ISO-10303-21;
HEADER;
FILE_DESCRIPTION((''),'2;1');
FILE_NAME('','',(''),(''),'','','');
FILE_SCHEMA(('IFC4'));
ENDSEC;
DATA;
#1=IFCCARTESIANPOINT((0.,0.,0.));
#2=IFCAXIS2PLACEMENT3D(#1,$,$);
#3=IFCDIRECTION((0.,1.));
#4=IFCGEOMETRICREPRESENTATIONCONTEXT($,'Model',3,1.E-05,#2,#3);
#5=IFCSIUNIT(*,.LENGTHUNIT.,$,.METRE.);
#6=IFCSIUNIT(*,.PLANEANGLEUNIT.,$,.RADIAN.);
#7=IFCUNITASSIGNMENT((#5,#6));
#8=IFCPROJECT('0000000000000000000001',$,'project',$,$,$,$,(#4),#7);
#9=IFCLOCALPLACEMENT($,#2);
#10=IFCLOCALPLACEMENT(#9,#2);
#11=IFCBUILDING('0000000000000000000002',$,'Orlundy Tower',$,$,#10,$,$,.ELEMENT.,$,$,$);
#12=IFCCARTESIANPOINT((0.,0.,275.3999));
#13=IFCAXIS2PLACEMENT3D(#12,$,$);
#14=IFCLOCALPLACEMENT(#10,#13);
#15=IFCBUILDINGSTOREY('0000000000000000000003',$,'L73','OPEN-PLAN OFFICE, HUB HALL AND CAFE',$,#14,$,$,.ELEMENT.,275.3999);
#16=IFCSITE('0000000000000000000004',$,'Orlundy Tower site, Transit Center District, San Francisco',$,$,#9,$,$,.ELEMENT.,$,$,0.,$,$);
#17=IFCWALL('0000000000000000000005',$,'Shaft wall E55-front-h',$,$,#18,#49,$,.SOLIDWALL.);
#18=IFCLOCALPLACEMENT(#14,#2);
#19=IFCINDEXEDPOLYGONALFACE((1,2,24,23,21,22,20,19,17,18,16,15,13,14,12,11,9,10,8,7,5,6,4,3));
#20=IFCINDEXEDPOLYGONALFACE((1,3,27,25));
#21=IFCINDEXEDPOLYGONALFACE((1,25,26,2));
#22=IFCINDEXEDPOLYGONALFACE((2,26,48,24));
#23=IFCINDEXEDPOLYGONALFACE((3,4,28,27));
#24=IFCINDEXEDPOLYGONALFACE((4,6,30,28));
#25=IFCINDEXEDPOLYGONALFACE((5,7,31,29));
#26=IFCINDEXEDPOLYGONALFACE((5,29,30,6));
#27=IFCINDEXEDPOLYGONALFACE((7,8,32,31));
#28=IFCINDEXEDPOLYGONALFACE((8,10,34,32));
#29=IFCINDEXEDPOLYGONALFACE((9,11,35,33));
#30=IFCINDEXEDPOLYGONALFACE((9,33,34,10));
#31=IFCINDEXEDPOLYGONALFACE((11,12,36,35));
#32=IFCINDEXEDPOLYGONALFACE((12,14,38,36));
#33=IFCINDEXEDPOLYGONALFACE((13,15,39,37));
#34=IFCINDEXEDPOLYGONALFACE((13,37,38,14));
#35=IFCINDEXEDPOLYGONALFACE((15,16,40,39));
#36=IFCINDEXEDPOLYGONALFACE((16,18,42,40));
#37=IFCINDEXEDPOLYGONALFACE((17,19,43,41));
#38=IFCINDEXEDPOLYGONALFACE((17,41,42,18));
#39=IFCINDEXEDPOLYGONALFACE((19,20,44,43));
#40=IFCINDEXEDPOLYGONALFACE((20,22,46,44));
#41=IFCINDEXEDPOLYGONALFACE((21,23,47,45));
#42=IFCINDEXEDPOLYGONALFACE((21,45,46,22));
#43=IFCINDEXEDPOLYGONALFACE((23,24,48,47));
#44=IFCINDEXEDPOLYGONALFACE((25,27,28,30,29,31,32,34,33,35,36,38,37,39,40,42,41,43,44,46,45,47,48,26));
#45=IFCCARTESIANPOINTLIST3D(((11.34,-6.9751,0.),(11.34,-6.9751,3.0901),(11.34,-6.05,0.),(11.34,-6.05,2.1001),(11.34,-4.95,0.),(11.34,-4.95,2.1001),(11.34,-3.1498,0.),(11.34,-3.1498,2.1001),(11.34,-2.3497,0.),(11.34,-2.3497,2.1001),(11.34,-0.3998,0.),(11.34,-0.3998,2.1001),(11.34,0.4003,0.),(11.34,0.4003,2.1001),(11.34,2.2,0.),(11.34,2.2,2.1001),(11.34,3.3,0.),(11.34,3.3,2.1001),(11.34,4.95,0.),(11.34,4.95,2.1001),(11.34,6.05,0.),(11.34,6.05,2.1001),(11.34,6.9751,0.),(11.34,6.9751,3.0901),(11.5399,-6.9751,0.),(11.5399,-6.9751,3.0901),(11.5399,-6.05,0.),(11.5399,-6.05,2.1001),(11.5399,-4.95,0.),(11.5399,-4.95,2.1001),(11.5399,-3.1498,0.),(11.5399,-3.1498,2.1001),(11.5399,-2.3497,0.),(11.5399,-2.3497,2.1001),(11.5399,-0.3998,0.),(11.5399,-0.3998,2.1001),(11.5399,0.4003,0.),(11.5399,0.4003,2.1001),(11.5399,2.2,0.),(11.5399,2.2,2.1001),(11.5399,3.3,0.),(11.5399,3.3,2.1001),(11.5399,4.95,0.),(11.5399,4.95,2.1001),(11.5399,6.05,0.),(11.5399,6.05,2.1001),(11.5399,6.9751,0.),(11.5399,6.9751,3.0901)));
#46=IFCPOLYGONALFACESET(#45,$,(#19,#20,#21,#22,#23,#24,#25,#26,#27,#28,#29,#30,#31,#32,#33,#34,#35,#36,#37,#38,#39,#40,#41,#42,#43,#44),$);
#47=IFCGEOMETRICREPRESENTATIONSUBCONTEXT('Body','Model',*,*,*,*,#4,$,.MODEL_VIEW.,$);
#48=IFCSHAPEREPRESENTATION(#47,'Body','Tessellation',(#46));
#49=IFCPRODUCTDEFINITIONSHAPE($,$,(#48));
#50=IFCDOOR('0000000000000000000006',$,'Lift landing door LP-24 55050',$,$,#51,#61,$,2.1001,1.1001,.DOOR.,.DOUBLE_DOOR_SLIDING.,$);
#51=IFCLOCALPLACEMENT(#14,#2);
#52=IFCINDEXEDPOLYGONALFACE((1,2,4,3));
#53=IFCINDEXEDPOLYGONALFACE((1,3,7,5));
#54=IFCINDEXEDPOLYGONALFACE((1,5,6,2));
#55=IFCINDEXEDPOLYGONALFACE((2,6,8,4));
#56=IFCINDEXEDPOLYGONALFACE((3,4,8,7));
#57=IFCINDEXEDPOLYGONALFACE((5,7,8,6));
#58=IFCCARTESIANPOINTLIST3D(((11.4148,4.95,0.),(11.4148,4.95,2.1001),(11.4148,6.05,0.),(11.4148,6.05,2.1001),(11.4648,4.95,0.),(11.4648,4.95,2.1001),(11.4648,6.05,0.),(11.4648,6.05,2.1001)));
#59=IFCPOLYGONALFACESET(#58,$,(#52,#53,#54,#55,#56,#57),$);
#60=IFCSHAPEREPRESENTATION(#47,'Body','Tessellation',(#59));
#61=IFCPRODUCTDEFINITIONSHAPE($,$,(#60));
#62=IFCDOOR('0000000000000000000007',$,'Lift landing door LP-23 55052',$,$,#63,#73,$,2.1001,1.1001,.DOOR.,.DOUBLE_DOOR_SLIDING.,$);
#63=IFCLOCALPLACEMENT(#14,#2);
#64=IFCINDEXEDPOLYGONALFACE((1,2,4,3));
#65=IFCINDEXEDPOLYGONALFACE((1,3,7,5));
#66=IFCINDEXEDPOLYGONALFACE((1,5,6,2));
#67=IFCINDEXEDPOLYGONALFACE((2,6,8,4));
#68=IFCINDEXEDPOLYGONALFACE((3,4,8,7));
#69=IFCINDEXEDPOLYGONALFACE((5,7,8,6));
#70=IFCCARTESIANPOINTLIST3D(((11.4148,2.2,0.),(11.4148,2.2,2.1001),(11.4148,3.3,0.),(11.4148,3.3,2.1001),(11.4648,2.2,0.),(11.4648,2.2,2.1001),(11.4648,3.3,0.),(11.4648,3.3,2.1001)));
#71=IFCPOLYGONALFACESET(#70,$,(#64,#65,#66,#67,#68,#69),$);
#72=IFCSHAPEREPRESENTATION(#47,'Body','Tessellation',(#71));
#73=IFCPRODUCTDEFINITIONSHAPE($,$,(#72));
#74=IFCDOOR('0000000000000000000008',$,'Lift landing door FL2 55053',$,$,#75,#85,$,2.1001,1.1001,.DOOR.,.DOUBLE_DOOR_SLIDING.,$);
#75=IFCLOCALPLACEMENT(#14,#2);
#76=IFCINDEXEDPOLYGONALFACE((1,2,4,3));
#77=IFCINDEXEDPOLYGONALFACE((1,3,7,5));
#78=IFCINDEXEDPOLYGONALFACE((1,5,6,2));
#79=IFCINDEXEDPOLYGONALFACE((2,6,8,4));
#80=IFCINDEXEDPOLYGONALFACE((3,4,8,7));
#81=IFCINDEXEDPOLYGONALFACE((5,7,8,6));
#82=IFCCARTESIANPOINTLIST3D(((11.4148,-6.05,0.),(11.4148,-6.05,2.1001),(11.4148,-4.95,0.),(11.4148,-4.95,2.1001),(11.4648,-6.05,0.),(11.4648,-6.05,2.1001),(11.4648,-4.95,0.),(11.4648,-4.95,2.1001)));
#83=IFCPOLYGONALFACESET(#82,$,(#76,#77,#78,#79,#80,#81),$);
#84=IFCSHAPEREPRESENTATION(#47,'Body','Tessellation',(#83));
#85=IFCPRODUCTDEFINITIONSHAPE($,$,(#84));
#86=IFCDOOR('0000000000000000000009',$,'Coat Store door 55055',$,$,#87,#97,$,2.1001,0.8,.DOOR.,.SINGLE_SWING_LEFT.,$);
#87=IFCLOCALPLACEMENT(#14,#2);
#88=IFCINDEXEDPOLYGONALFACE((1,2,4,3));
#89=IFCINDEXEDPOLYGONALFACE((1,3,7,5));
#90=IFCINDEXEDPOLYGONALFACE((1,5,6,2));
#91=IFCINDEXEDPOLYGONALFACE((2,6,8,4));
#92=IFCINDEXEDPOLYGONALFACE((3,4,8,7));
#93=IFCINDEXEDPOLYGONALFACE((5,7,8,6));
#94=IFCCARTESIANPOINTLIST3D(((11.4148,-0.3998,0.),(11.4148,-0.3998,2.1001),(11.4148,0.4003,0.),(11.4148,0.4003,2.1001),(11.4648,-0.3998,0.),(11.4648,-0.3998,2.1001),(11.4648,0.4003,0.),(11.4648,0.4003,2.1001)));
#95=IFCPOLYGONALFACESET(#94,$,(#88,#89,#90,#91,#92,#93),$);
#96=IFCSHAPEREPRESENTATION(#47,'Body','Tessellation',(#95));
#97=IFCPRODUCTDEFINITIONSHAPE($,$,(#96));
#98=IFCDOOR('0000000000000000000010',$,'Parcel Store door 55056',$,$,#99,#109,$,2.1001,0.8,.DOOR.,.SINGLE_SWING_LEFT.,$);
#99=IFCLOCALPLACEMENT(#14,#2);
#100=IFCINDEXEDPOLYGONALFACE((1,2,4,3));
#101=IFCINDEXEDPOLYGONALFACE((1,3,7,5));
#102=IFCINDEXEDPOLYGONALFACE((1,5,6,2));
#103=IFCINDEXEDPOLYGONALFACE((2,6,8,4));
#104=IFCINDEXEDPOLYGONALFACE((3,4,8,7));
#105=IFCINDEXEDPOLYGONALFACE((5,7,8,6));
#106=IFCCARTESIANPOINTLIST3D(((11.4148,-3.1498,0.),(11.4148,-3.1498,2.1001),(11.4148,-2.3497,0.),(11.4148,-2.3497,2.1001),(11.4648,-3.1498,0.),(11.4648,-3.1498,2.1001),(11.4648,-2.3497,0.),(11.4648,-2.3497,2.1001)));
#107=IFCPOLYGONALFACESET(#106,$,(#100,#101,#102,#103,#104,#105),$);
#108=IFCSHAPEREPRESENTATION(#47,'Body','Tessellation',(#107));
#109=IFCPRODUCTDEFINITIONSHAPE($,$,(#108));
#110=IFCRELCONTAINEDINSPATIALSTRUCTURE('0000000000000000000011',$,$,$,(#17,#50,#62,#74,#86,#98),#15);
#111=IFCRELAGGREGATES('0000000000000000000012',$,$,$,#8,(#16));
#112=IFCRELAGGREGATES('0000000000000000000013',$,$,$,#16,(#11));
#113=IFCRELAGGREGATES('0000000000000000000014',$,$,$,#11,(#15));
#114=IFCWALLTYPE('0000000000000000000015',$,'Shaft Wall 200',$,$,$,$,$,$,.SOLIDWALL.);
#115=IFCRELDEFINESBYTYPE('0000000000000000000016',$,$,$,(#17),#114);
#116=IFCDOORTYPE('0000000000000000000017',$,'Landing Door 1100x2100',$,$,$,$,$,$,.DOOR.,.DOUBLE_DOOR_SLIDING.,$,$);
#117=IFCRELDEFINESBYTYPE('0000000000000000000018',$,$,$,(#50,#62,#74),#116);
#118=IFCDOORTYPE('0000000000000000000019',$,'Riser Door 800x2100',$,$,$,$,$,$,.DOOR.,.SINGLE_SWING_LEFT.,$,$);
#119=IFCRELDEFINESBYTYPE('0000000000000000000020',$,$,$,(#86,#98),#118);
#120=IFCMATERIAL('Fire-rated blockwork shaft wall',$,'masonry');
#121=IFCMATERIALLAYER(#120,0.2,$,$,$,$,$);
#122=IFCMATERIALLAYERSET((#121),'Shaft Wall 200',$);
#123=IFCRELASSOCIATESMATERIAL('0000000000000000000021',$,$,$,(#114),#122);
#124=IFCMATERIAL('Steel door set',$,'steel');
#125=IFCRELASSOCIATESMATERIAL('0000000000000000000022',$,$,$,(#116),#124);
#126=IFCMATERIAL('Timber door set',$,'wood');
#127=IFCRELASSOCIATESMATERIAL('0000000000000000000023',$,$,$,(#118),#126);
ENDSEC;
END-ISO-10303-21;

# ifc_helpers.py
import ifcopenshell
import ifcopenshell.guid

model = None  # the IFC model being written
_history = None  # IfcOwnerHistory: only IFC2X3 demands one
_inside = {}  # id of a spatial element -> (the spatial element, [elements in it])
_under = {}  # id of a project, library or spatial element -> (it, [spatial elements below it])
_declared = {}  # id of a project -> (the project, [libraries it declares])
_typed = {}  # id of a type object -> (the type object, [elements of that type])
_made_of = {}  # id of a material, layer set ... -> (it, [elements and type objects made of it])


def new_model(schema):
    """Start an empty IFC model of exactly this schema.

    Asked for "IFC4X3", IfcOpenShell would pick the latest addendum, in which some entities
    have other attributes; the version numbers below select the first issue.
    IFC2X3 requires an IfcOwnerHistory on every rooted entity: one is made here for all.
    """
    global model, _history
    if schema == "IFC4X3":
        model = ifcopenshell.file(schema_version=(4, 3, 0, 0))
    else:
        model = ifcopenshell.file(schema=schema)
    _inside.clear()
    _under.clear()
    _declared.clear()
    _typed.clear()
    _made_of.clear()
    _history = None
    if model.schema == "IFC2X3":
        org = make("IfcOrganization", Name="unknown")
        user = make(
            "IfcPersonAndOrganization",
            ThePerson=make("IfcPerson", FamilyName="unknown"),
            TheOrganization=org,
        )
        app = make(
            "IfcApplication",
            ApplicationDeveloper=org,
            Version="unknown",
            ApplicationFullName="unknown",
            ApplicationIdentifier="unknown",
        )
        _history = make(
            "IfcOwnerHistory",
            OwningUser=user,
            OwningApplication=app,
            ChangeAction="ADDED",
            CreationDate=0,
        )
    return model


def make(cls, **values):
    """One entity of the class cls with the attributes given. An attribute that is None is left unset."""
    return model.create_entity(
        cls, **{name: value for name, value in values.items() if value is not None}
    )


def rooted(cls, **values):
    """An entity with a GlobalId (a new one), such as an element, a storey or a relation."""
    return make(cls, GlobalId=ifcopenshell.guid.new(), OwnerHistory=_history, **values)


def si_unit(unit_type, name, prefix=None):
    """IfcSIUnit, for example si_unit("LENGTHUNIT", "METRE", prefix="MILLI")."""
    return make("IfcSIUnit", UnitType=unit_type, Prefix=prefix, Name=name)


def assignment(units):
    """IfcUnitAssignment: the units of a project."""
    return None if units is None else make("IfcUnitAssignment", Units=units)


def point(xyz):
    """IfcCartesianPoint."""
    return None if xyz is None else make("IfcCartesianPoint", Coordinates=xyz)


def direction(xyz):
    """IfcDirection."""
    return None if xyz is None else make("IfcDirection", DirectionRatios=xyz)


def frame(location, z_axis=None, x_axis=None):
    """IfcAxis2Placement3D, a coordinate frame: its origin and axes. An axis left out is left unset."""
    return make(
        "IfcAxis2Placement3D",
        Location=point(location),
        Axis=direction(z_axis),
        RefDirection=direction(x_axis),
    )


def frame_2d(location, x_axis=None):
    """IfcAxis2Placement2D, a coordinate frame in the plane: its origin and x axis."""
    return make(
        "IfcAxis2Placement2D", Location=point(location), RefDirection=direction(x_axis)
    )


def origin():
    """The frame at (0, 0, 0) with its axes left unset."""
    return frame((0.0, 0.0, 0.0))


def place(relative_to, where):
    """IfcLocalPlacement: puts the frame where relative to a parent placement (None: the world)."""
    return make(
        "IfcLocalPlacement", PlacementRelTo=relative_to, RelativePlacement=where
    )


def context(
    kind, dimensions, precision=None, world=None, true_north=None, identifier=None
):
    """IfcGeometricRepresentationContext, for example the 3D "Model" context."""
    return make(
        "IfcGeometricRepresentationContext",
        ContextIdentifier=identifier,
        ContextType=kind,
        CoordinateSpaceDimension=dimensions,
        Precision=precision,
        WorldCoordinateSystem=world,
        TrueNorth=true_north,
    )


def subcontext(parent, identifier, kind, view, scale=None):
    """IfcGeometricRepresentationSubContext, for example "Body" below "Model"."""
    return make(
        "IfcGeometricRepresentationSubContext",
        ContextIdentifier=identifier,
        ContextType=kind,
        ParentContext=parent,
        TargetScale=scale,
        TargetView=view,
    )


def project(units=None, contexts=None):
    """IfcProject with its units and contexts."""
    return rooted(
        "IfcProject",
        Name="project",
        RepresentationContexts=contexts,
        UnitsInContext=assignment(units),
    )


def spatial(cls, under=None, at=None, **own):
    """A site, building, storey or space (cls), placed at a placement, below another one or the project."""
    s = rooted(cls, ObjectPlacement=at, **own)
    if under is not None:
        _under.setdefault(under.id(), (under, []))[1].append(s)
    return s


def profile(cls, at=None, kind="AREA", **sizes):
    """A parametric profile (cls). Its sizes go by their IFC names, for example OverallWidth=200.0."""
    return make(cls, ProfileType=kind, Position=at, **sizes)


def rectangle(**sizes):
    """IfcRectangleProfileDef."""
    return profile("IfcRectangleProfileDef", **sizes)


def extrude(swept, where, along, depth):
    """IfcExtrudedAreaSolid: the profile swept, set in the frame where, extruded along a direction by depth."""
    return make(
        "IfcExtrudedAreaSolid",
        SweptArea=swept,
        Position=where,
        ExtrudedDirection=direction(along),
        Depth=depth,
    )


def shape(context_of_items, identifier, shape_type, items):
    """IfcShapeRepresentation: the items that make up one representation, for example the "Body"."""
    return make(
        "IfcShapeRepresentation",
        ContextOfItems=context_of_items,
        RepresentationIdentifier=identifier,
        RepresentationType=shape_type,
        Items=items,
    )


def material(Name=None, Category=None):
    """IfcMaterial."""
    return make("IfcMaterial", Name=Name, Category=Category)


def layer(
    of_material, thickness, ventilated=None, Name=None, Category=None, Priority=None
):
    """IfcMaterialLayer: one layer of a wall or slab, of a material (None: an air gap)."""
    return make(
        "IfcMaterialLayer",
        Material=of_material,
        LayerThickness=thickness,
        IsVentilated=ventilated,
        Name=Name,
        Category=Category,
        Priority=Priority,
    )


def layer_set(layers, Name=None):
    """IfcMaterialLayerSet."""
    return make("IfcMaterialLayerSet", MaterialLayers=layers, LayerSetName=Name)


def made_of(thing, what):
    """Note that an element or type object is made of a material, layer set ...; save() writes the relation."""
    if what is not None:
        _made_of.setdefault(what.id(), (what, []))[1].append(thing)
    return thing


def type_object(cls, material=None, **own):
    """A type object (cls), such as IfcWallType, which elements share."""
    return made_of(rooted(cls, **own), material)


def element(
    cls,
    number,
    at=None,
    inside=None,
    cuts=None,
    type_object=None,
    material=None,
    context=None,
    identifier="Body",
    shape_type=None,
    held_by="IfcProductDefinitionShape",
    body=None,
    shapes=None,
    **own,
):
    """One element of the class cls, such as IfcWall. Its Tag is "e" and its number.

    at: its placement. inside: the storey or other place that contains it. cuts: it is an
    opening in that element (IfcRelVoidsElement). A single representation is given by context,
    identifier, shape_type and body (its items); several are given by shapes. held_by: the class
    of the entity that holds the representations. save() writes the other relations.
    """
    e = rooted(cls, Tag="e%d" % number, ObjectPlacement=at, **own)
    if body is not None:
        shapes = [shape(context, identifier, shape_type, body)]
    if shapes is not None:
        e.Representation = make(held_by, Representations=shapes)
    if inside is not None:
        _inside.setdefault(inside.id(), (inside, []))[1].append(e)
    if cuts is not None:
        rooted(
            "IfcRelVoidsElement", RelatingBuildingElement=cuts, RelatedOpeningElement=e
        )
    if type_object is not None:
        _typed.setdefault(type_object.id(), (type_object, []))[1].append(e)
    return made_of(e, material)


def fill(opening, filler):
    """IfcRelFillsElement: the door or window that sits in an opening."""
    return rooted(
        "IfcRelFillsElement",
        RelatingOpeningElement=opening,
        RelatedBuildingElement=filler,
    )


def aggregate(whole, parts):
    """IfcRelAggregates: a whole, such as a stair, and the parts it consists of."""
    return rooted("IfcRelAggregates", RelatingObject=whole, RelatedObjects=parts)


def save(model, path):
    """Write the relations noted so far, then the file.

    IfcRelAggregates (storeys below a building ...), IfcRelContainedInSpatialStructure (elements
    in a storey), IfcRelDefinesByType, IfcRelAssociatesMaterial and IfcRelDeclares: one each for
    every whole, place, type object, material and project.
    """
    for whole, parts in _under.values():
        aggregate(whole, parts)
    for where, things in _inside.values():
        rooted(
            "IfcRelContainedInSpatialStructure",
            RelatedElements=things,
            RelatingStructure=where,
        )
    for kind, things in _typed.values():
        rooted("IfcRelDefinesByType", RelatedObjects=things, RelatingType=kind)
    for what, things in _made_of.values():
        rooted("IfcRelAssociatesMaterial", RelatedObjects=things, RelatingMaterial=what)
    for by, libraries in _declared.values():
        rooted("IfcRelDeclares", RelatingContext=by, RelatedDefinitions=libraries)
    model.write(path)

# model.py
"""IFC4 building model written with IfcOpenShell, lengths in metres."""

from ifc_helpers import new_model, si_unit, direction, frame, frame_2d, origin, place, context, subcontext, project, spatial, rectangle, extrude, material, layer, layer_set, type_object, element, fill, save


model = new_model("IFC4")

# Units and contexts
model_context = context("Model", 3, precision=1e-05, world=origin(), true_north=direction((0.0, 1.0)))
body_context = subcontext(model_context, "Body", "Model", "MODEL_VIEW")
ifc_project = project(units=[si_unit("LENGTHUNIT", "METRE"), si_unit("PLANEANGLEUNIT", "RADIAN")], contexts=[model_context])

# Site, building, storey
site_placement = place(None, origin())
site = spatial("IfcSite", under=ifc_project, at=site_placement, Name="Orlundy Tower site, Transit Center District, San Francisco", CompositionType="ELEMENT", RefElevation=0.0)
building_placement = place(site_placement, origin())
building = spatial("IfcBuilding", under=site, at=building_placement, Name="Orlundy Tower", CompositionType="ELEMENT")
storey_placement = place(building_placement, frame((0.0, 0.0, 275.3999)))
storey = spatial("IfcBuildingStorey", under=building, at=storey_placement, Name="L73", Description="OPEN-PLAN OFFICE, HUB HALL AND CAFE", CompositionType="ELEMENT", Elevation=275.3999)

# Shared definitions
ifc_material_1 = material(Name="Fire-rated blockwork shaft wall", Category="masonry")
ifc_layer_1 = layer(ifc_material_1, 0.2)
ifc_layer_set_1 = layer_set([ifc_layer_1], Name="Shaft Wall 200")
wall_type_1 = type_object("IfcWallType", Name="Shaft Wall 200", PredefinedType="SOLIDWALL", material=ifc_layer_set_1)

# Wall, openings, doors
wall_1_placement = place(storey_placement, frame((11.4399, 6.9751, 0.0), z_axis=(0.0, 0.0, 1.0), x_axis=(0.0, -1.0, 0.0)))
wall_1 = element("IfcWall", 1, at=wall_1_placement, inside=storey, type_object=wall_type_1, Name="Shaft wall E55-front-h", PredefinedType="SOLIDWALL", context=body_context, shape_type="SweptSolid", body=[
    extrude(rectangle(XDim=13.9502, YDim=0.2, at=frame_2d((6.9751, 0.0))), origin(), (0.0, 0.0, 1.0), 3.0901),
])
opening_1_placement = place(wall_1_placement, frame((0.925, 0.0, 0.0)))
opening_1 = element("IfcOpeningElement", 2, at=opening_1_placement, cuts=wall_1, PredefinedType="OPENING", context=body_context, shape_type="SweptSolid", body=[
    extrude(rectangle(XDim=1.1001, YDim=2.1001, at=frame_2d((0.55, 1.05))), frame((0.0, 0.1101, 0.0), z_axis=(0.0, -1.0, 0.0), x_axis=(1.0, 0.0, 0.0)), (0.0, 0.0, 1.0), 0.2202),
])
opening_2_placement = place(wall_1_placement, frame((3.675, 0.0, 0.0)))
opening_2 = element("IfcOpeningElement", 3, at=opening_2_placement, cuts=wall_1, PredefinedType="OPENING", context=body_context, shape_type="SweptSolid", body=[
    extrude(rectangle(XDim=1.1001, YDim=2.1001, at=frame_2d((0.55, 1.05))), frame((0.0, 0.1101, 0.0), z_axis=(0.0, -1.0, 0.0), x_axis=(1.0, 0.0, 0.0)), (0.0, 0.0, 1.0), 0.2202),
])
opening_3_placement = place(wall_1_placement, frame((11.925, 0.0, 0.0)))
opening_3 = element("IfcOpeningElement", 4, at=opening_3_placement, cuts=wall_1, PredefinedType="OPENING", context=body_context, shape_type="SweptSolid", body=[
    extrude(rectangle(XDim=1.1001, YDim=2.1001, at=frame_2d((0.55, 1.05))), frame((0.0, 0.1101, 0.0), z_axis=(0.0, -1.0, 0.0), x_axis=(1.0, 0.0, 0.0)), (0.0, 0.0, 1.0), 0.2202),
])
opening_4_placement = place(wall_1_placement, frame((6.575, 0.0, 0.0)))
opening_4 = element("IfcOpeningElement", 5, at=opening_4_placement, cuts=wall_1, PredefinedType="OPENING", context=body_context, shape_type="SweptSolid", body=[
    extrude(rectangle(XDim=0.8, YDim=2.1001, at=frame_2d((0.3999, 1.05))), frame((0.0, 0.1101, 0.0), z_axis=(0.0, -1.0, 0.0), x_axis=(1.0, 0.0, 0.0)), (0.0, 0.0, 1.0), 0.2202),
])
opening_5_placement = place(wall_1_placement, frame((9.325, 0.0, 0.0)))
opening_5 = element("IfcOpeningElement", 6, at=opening_5_placement, cuts=wall_1, PredefinedType="OPENING", context=body_context, shape_type="SweptSolid", body=[
    extrude(rectangle(XDim=0.8, YDim=2.1001, at=frame_2d((0.3999, 1.05))), frame((0.0, 0.1101, 0.0), z_axis=(0.0, -1.0, 0.0), x_axis=(1.0, 0.0, 0.0)), (0.0, 0.0, 1.0), 0.2202),
])
ifc_material_2 = material(Name="Steel door set", Category="steel")
door_type_1 = type_object("IfcDoorType", Name="Landing Door 1100x2100", OperationType="DOUBLE_DOOR_SLIDING", PredefinedType="DOOR", material=ifc_material_2)
door_1_placement = place(opening_1_placement, origin())
door_1 = element("IfcDoor", 7, at=door_1_placement, inside=storey, type_object=door_type_1, Name="Lift landing door LP-24 55050", OperationType="DOUBLE_DOOR_SLIDING", OverallHeight=2.1001, OverallWidth=1.1001, PredefinedType="DOOR", context=body_context, shape_type="SweptSolid", body=[
    extrude(rectangle(XDim=1.1001, YDim=2.1001, at=frame_2d((0.55, 1.05))), frame((0.0, 0.0249, 0.0), z_axis=(0.0, -1.0, 0.0), x_axis=(1.0, 0.0, 0.0)), (0.0, 0.0, 1.0), 0.05),
])
fill(opening_1, door_1)
door_2_placement = place(opening_2_placement, origin())
door_2 = element("IfcDoor", 8, at=door_2_placement, inside=storey, type_object=door_type_1, Name="Lift landing door LP-23 55052", OperationType="DOUBLE_DOOR_SLIDING", OverallHeight=2.1001, OverallWidth=1.1001, PredefinedType="DOOR", context=body_context, shape_type="SweptSolid", body=[
    extrude(rectangle(XDim=1.1001, YDim=2.1001, at=frame_2d((0.55, 1.05))), frame((0.0, 0.0249, 0.0), z_axis=(0.0, -1.0, 0.0), x_axis=(1.0, 0.0, 0.0)), (0.0, 0.0, 1.0), 0.05),
])
fill(opening_2, door_2)
door_3_placement = place(opening_3_placement, origin())
door_3 = element("IfcDoor", 9, at=door_3_placement, inside=storey, type_object=door_type_1, Name="Lift landing door FL2 55053", OperationType="DOUBLE_DOOR_SLIDING", OverallHeight=2.1001, OverallWidth=1.1001, PredefinedType="DOOR", context=body_context, shape_type="SweptSolid", body=[
    extrude(rectangle(XDim=1.1001, YDim=2.1001, at=frame_2d((0.55, 1.05))), frame((0.0, 0.0249, 0.0), z_axis=(0.0, -1.0, 0.0), x_axis=(1.0, 0.0, 0.0)), (0.0, 0.0, 1.0), 0.05),
])
fill(opening_3, door_3)
ifc_material_3 = material(Name="Timber door set", Category="wood")
door_type_2 = type_object("IfcDoorType", Name="Riser Door 800x2100", OperationType="SINGLE_SWING_LEFT", PredefinedType="DOOR", material=ifc_material_3)
door_4_placement = place(opening_4_placement, origin())
door_4 = element("IfcDoor", 10, at=door_4_placement, inside=storey, type_object=door_type_2, Name="Coat Store door 55055", OperationType="SINGLE_SWING_LEFT", OverallHeight=2.1001, OverallWidth=0.8, PredefinedType="DOOR", context=body_context, shape_type="SweptSolid", body=[
    extrude(rectangle(XDim=0.8, YDim=2.1001, at=frame_2d((0.3999, 1.05))), frame((0.0, 0.0249, 0.0), z_axis=(0.0, -1.0, 0.0), x_axis=(1.0, 0.0, 0.0)), (0.0, 0.0, 1.0), 0.05),
])
fill(opening_4, door_4)
door_5_placement = place(opening_5_placement, origin())
door_5 = element("IfcDoor", 11, at=door_5_placement, inside=storey, type_object=door_type_2, Name="Parcel Store door 55056", OperationType="SINGLE_SWING_LEFT", OverallHeight=2.1001, OverallWidth=0.8, PredefinedType="DOOR", context=body_context, shape_type="SweptSolid", body=[
    extrude(rectangle(XDim=0.8, YDim=2.1001, at=frame_2d((0.3999, 1.05))), frame((0.0, 0.0249, 0.0), z_axis=(0.0, -1.0, 0.0), x_axis=(1.0, 0.0, 0.0)), (0.0, 0.0, 1.0), 0.05),
])
fill(opening_5, door_5)

save(model, "model.ifc")
